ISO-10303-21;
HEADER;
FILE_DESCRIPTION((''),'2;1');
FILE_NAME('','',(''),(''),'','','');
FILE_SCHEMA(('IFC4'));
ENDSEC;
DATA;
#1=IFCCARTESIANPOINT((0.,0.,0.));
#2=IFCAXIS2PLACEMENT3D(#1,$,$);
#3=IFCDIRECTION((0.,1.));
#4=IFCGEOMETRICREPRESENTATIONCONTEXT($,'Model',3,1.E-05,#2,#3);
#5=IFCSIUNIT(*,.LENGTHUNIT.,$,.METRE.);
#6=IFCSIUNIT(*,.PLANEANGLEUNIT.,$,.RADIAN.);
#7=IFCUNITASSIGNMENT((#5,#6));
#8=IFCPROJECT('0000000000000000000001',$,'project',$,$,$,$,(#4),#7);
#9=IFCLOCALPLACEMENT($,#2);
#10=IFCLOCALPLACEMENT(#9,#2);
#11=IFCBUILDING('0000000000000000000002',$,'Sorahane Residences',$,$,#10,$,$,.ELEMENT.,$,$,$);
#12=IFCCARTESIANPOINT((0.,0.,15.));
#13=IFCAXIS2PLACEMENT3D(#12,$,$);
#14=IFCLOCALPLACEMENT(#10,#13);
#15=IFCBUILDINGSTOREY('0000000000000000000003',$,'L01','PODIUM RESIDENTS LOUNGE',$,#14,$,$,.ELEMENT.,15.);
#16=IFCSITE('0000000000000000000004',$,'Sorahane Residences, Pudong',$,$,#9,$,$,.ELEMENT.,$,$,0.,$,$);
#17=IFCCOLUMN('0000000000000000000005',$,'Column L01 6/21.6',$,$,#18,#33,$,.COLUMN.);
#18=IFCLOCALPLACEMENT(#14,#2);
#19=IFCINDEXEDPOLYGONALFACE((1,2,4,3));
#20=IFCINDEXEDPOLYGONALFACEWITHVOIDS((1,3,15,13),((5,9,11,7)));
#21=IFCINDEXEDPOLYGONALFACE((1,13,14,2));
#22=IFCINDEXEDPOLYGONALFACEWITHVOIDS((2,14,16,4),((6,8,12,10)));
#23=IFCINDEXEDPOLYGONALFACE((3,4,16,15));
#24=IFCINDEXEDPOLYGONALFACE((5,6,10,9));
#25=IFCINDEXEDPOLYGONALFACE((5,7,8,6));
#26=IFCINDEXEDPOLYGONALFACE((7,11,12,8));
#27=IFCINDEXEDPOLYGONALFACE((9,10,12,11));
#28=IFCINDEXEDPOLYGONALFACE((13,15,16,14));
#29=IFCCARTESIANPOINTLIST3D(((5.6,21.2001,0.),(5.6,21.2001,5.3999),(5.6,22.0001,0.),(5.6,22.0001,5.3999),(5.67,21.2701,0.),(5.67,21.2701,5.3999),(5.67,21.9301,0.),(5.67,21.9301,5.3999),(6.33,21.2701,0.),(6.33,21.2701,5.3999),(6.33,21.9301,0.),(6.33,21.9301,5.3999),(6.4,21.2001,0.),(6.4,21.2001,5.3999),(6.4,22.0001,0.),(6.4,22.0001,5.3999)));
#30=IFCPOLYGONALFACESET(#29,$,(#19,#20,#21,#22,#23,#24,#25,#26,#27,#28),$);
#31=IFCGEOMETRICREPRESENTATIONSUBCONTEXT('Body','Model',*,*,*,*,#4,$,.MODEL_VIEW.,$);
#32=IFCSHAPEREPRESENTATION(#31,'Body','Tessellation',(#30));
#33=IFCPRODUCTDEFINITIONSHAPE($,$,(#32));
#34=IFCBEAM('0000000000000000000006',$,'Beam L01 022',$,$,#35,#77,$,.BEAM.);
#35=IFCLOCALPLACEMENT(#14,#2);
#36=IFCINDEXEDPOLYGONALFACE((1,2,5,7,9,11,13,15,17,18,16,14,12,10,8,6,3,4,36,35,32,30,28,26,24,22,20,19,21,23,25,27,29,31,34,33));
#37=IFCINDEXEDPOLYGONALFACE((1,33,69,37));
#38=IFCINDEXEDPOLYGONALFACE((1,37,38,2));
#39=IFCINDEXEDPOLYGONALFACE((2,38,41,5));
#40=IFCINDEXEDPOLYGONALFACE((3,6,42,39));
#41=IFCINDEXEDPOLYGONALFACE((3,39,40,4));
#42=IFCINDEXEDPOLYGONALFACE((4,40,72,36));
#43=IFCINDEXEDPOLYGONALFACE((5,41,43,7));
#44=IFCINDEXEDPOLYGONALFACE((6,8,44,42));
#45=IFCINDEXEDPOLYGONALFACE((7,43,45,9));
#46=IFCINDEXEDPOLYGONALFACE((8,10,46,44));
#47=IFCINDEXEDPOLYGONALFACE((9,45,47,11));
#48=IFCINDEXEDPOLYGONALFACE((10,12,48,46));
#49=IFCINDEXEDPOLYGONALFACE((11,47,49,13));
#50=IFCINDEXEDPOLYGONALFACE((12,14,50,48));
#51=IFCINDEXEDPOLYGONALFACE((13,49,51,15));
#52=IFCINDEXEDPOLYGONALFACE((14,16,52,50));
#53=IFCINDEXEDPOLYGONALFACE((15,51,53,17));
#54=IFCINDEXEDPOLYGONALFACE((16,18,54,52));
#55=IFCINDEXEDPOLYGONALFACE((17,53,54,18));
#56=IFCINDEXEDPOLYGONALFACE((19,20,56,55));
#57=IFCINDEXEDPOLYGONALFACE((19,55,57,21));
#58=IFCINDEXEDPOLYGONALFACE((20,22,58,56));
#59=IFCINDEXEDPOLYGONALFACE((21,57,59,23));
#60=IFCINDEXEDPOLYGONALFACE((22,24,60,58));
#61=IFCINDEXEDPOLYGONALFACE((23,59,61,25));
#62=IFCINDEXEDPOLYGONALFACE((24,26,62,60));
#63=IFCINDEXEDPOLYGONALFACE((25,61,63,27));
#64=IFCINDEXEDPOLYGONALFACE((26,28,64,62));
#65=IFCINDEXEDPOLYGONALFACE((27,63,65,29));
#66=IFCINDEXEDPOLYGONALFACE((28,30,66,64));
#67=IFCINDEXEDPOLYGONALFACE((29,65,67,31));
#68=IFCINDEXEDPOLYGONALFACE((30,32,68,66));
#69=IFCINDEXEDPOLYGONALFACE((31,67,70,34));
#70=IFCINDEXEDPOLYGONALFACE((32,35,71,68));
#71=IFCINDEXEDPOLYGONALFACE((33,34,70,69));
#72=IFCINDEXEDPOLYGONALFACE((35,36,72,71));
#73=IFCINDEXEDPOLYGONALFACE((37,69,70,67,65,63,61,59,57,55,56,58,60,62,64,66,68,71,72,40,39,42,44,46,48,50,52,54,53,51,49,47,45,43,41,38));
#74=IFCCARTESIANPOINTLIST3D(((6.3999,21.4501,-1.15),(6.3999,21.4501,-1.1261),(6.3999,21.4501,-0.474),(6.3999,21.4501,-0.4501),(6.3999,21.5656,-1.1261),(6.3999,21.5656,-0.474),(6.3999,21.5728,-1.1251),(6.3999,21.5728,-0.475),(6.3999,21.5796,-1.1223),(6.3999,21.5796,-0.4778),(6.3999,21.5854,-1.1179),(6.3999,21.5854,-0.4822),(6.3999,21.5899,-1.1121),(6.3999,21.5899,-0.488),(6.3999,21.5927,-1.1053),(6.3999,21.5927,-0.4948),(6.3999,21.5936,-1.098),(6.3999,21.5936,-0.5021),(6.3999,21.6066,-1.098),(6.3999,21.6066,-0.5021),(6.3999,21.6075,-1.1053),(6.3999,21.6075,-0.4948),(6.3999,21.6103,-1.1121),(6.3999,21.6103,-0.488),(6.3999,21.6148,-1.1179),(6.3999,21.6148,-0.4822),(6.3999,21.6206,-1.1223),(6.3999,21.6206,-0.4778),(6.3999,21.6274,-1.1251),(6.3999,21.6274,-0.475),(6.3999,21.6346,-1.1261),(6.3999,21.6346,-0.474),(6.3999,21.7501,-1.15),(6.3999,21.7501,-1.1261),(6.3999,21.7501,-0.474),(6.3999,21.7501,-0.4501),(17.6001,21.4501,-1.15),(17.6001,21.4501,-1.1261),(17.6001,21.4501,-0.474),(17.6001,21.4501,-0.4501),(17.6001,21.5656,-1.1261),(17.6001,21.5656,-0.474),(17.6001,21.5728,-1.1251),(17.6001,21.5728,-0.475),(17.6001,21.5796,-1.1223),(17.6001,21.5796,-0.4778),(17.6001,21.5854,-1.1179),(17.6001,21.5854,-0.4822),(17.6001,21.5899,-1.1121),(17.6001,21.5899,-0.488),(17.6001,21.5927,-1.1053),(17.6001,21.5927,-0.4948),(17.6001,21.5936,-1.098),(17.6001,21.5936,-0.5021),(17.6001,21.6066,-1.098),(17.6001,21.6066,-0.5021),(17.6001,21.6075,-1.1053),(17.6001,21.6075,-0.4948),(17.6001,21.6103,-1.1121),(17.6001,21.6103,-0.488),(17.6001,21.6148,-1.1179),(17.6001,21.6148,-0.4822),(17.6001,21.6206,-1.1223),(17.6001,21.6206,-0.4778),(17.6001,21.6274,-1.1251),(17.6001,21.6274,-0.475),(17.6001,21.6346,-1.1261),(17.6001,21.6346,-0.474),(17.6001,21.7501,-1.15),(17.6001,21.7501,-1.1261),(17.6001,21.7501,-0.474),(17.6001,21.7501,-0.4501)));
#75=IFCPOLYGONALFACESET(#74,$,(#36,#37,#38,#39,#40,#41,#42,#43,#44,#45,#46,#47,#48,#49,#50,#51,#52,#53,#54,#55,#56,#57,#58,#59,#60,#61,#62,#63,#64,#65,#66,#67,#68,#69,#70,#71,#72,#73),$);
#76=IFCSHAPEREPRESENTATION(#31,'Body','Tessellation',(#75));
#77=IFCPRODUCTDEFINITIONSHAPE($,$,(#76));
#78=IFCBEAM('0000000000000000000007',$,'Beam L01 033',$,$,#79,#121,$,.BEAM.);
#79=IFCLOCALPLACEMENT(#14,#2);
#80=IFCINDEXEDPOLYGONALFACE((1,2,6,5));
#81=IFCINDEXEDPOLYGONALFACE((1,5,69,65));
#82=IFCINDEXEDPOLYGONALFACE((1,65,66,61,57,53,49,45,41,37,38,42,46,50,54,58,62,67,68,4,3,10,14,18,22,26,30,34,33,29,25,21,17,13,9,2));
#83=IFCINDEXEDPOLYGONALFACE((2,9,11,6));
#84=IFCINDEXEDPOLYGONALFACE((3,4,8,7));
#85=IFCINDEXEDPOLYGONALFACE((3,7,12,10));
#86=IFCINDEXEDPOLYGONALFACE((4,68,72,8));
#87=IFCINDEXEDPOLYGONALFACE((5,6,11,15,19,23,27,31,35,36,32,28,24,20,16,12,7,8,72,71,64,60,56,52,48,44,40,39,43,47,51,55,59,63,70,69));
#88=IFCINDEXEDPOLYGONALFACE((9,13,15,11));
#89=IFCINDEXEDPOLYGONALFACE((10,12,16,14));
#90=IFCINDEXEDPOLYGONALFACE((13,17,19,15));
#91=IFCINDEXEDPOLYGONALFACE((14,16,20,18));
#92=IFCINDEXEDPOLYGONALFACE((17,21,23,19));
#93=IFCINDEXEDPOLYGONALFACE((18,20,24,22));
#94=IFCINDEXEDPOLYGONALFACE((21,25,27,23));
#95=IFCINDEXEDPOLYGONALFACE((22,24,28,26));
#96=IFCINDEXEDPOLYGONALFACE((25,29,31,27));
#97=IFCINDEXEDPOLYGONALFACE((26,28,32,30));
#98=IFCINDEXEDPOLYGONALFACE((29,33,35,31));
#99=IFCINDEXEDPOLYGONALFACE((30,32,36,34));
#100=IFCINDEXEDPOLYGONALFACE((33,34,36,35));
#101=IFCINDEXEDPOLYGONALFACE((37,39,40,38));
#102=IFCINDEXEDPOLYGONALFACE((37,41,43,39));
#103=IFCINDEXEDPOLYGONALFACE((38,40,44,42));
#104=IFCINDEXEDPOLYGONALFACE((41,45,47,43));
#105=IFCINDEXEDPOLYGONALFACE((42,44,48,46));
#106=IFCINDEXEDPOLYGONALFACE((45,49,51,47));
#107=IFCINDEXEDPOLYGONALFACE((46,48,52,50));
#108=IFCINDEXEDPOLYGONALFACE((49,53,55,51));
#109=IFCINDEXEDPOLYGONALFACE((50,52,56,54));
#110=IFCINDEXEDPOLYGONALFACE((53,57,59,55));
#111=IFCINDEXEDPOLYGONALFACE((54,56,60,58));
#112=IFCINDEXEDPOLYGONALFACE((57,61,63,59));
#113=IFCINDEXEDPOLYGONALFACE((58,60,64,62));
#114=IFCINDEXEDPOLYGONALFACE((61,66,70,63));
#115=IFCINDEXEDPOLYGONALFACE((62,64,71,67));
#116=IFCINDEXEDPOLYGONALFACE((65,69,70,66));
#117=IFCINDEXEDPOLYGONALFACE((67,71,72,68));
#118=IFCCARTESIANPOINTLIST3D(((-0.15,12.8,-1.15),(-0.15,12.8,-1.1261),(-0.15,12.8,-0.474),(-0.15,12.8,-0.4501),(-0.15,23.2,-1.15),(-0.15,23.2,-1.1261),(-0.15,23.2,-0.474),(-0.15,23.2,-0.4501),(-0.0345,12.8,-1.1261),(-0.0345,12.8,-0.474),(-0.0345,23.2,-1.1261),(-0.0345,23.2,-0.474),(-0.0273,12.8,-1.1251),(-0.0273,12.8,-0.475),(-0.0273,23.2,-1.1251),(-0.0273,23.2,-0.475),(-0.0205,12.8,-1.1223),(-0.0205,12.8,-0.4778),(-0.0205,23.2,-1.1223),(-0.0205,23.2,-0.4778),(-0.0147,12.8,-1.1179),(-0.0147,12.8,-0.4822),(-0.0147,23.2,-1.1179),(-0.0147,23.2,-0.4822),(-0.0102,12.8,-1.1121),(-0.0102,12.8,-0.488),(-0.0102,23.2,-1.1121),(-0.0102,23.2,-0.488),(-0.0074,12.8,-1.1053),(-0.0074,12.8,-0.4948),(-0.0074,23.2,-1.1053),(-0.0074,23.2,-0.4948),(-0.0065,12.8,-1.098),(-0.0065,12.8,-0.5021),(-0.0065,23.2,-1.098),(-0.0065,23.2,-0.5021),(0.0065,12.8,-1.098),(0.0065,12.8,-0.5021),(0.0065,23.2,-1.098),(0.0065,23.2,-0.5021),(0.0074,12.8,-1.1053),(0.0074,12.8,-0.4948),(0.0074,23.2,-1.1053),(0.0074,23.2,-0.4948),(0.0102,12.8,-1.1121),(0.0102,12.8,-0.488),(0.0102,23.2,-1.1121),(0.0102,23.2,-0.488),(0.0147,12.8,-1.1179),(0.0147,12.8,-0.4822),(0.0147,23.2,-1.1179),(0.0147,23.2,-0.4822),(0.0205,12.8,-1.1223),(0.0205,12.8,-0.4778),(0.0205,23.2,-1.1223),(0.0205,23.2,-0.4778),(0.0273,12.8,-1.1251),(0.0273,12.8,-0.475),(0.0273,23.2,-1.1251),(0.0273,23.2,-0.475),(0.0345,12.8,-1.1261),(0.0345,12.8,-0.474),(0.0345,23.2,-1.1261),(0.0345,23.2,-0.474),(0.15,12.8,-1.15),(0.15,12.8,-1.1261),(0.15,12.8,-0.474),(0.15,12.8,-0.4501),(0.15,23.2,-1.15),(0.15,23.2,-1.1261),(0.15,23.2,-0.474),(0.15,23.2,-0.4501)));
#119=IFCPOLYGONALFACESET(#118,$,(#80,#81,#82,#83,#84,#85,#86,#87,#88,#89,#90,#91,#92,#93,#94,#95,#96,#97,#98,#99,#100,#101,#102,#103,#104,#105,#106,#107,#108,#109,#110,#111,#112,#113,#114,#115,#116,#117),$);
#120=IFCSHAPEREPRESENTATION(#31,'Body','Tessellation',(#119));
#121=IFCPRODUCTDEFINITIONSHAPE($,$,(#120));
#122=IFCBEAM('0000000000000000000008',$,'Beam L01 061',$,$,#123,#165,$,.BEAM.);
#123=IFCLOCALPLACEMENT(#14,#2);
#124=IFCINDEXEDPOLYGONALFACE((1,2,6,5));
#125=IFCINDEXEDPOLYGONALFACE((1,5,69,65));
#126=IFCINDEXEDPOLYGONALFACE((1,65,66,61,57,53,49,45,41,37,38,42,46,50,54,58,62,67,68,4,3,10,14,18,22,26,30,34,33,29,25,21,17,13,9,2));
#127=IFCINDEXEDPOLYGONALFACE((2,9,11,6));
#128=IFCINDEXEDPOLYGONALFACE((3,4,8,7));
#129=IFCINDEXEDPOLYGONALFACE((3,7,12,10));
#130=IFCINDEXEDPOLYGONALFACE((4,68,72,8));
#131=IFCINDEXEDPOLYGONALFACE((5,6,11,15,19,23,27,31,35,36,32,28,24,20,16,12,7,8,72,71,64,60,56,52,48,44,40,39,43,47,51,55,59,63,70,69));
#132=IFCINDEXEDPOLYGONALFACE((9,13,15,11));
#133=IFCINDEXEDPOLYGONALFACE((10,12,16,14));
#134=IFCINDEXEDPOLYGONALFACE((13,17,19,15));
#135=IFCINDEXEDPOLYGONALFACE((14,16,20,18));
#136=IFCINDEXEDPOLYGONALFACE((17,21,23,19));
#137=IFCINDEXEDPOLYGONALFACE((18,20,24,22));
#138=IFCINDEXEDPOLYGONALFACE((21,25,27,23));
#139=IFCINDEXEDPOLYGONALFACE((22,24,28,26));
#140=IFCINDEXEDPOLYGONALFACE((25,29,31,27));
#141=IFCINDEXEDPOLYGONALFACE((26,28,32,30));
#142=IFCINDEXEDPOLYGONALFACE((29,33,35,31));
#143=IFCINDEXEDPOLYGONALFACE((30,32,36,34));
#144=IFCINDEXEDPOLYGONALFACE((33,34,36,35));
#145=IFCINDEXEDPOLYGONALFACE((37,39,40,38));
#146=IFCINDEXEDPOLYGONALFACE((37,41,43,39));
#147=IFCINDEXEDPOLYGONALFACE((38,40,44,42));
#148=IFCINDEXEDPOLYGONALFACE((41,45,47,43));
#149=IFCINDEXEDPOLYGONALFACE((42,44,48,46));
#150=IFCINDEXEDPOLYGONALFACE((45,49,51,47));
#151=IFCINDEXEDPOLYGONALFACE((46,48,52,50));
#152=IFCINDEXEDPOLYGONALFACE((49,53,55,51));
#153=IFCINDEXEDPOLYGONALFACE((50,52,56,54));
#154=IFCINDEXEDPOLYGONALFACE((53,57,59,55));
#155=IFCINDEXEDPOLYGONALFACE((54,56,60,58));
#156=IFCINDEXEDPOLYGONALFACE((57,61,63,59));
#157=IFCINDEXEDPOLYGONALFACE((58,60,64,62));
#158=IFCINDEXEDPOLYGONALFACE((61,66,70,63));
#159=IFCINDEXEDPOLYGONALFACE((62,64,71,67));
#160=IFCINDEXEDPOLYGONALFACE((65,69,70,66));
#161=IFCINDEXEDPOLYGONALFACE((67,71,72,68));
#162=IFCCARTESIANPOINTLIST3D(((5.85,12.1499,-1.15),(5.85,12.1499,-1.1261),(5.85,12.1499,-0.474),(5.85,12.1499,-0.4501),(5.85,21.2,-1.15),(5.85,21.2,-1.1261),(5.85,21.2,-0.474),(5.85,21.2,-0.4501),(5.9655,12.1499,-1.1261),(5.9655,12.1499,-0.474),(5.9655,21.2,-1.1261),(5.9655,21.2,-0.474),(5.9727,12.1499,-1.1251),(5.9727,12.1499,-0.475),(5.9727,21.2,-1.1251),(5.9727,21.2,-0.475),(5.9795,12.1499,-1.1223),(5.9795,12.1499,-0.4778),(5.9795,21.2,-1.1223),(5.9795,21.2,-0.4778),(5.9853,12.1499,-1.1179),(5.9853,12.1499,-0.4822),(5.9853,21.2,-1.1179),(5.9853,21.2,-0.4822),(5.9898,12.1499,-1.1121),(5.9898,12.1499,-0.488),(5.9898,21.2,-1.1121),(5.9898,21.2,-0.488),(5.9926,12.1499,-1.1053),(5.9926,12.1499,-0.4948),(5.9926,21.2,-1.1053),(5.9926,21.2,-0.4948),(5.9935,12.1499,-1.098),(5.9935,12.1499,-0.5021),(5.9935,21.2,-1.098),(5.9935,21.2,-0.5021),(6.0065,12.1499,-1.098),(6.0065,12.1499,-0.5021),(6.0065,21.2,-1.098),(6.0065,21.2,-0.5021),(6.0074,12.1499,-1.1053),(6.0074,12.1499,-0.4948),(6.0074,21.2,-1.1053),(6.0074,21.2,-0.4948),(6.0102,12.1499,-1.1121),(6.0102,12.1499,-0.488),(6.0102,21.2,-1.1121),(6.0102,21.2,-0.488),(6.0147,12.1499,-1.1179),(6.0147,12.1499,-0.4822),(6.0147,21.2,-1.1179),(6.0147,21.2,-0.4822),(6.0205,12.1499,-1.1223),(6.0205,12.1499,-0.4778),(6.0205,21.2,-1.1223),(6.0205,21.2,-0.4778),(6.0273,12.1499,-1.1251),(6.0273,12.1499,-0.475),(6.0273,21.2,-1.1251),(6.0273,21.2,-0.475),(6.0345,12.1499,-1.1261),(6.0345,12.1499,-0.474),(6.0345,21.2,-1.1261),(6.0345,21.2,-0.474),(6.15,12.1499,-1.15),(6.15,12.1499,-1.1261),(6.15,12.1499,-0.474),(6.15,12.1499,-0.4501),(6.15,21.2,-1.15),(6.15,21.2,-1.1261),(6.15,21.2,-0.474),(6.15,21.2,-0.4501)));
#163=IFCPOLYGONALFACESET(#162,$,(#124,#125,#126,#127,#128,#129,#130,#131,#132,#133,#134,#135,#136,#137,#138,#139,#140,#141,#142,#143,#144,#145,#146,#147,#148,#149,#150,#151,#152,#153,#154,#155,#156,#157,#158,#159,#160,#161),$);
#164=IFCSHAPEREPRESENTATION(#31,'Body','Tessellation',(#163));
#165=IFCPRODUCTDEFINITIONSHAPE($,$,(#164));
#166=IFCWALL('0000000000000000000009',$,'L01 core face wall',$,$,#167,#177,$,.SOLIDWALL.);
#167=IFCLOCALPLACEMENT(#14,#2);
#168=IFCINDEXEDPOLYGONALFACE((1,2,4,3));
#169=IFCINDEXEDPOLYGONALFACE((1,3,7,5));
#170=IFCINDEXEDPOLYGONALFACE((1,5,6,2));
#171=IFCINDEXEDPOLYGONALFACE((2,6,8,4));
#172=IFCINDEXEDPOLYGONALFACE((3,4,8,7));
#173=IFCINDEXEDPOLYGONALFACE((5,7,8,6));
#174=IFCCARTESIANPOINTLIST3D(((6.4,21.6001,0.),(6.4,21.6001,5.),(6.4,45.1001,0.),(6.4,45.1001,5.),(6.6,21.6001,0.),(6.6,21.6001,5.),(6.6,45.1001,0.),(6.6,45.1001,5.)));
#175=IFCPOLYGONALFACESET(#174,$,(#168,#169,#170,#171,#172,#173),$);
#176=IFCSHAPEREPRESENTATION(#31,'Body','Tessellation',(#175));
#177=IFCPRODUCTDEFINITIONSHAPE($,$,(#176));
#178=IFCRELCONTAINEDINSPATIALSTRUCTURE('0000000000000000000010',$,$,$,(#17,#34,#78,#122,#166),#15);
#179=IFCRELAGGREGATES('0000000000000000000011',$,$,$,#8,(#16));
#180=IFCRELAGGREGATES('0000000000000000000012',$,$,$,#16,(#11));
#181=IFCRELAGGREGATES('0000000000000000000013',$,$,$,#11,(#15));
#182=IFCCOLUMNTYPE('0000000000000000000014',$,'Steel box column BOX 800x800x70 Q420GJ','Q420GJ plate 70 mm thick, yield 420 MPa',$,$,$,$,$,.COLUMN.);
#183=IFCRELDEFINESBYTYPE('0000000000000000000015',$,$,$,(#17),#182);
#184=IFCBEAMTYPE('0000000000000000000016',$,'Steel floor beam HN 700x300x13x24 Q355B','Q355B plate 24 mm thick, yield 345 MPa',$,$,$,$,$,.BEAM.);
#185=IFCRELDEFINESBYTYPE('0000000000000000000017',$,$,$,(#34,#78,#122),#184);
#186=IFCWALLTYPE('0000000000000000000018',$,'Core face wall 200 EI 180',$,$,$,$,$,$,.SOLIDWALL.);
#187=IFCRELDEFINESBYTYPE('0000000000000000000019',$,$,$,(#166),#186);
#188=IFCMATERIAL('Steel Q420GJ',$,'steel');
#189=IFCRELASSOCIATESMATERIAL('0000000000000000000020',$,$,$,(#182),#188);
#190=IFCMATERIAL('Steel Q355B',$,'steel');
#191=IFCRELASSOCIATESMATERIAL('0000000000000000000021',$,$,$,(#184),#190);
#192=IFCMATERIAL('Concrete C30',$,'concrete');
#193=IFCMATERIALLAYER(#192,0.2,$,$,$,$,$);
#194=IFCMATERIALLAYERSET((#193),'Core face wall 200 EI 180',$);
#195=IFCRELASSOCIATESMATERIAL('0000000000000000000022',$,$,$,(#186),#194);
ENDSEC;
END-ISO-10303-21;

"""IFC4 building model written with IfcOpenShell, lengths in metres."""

from ifc_helpers import new_model, si_unit, direction, frame, frame_2d, origin, origin_2d, place, context, subcontext, project, spatial, rectangle, hollow_rectangle, i_section, extrude, material, layer, layer_set, material_profile, profile_set, type_object, element, save


model = new_model("IFC4")

# Units and contexts
model_context = context("Model", 3, precision=1e-05, world=origin(), true_north=direction((0.0, 1.0)))
body_context = subcontext(model_context, "Body", "Model", "MODEL_VIEW")
ifc_project = project(units=[si_unit("LENGTHUNIT", "METRE"), si_unit("PLANEANGLEUNIT", "RADIAN")], contexts=[model_context])

# Site, building, storey
site_placement = place(None, origin())
site = spatial("IfcSite", under=ifc_project, at=site_placement, Name="Sorahane Residences, Pudong", CompositionType="ELEMENT", RefElevation=0.0)
building_placement = place(site_placement, origin())
building = spatial("IfcBuilding", under=site, at=building_placement, Name="Sorahane Residences", CompositionType="ELEMENT")
storey_placement = place(building_placement, frame((0.0, 0.0, 15.0)))
storey = spatial("IfcBuildingStorey", under=building, at=storey_placement, Name="L01", Description="PODIUM RESIDENTS LOUNGE", CompositionType="ELEMENT", Elevation=15.0)

# Column
ifc_material_1 = material(Name="Steel Q420GJ", Category="steel")
ifc_material_profile_1 = material_profile(ifc_material_1, hollow_rectangle(XDim=0.8, YDim=0.8, WallThickness=0.0701, at=origin_2d()), Name="BOX 800x800x70")
ifc_profile_set_1 = profile_set([ifc_material_profile_1], Name="Steel Q420GJ")
column_type = type_object("IfcColumnType", Name="Steel box column BOX 800x800x70 Q420GJ", Description="Q420GJ plate 70 mm thick, yield 420 MPa", PredefinedType="COLUMN", material=ifc_profile_set_1)
column_placement = place(storey_placement, frame((6.0, 21.6001, 0.0), z_axis=(0.0, 0.0, 1.0), x_axis=(1.0, 0.0, 0.0)))
element("IfcColumn", 1, at=column_placement, inside=storey, type_object=column_type, Name="Column L01 6/21.6", PredefinedType="COLUMN", context=body_context, shape_type="SweptSolid", body=[
    extrude(hollow_rectangle(XDim=0.8, YDim=0.8, WallThickness=0.0701, at=origin_2d()), origin(), (0.0, 0.0, 1.0), 5.3999),
])

# Beams
ifc_material_2 = material(Name="Steel Q355B", Category="steel")
ifc_material_profile_2 = material_profile(ifc_material_2, i_section(OverallWidth=0.3, OverallDepth=0.7, WebThickness=0.0129, FlangeThickness=0.0239, FilletRadius=0.0281, at=origin_2d()), Name="HN 700x300x13x24")
ifc_profile_set_2 = profile_set([ifc_material_profile_2], Name="Steel Q355B")
beam_type = type_object("IfcBeamType", Name="Steel floor beam HN 700x300x13x24 Q355B", Description="Q355B plate 24 mm thick, yield 345 MPa", PredefinedType="BEAM", material=ifc_profile_set_2)
beam_1_placement = place(storey_placement, frame((6.3999, 21.6001, -0.8), z_axis=(1.0, 0.0, 0.0), x_axis=(0.0, 1.0, 0.0)))
element("IfcBeam", 2, at=beam_1_placement, inside=storey, type_object=beam_type, Name="Beam L01 022", PredefinedType="BEAM", context=body_context, shape_type="SweptSolid", body=[
    extrude(i_section(OverallWidth=0.3, OverallDepth=0.7, WebThickness=0.0129, FlangeThickness=0.0239, FilletRadius=0.0281, at=origin_2d()), origin(), (0.0, 0.0, 1.0), 11.2002),
])
beam_2_placement = place(storey_placement, frame((0.0, 12.8, -0.8), z_axis=(0.0, 1.0, 0.0), x_axis=(-1.0, 0.0, 0.0)))
element("IfcBeam", 3, at=beam_2_placement, inside=storey, type_object=beam_type, Name="Beam L01 033", PredefinedType="BEAM", context=body_context, shape_type="SweptSolid", body=[
    extrude(i_section(OverallWidth=0.3, OverallDepth=0.7, WebThickness=0.0129, FlangeThickness=0.0239, FilletRadius=0.0281, at=origin_2d()), origin(), (0.0, 0.0, 1.0), 10.3999),
])
beam_3_placement = place(storey_placement, frame((6.0, 12.1499, -0.8), z_axis=(0.0, 1.0, 0.0), x_axis=(-1.0, 0.0, 0.0)))
element("IfcBeam", 4, at=beam_3_placement, inside=storey, type_object=beam_type, Name="Beam L01 061", PredefinedType="BEAM", context=body_context, shape_type="SweptSolid", body=[
    extrude(i_section(OverallWidth=0.3, OverallDepth=0.7, WebThickness=0.0129, FlangeThickness=0.0239, FilletRadius=0.0281, at=origin_2d()), origin(), (0.0, 0.0, 1.0), 9.05),
])

# Wall
ifc_material_3 = material(Name="Concrete C30", Category="concrete")
ifc_layer_1 = layer(ifc_material_3, 0.2)
ifc_layer_set_1 = layer_set([ifc_layer_1], Name="Core face wall 200 EI 180")
wall_type_1 = type_object("IfcWallType", Name="Core face wall 200 EI 180", PredefinedType="SOLIDWALL", material=ifc_layer_set_1)
wall_1_placement = place(storey_placement, frame((6.5, 21.6001, 0.0), z_axis=(0.0, 0.0, 1.0), x_axis=(0.0, 1.0, 0.0)))
element("IfcWall", 5, at=wall_1_placement, inside=storey, type_object=wall_type_1, Name="L01 core face wall", PredefinedType="SOLIDWALL", context=body_context, shape_type="SweptSolid", body=[
    extrude(rectangle(XDim=23.5, YDim=0.2, at=frame_2d((11.75, 0.0))), origin(), (0.0, 0.0, 1.0), 5.0),
])

save(model, "model.ifc")
